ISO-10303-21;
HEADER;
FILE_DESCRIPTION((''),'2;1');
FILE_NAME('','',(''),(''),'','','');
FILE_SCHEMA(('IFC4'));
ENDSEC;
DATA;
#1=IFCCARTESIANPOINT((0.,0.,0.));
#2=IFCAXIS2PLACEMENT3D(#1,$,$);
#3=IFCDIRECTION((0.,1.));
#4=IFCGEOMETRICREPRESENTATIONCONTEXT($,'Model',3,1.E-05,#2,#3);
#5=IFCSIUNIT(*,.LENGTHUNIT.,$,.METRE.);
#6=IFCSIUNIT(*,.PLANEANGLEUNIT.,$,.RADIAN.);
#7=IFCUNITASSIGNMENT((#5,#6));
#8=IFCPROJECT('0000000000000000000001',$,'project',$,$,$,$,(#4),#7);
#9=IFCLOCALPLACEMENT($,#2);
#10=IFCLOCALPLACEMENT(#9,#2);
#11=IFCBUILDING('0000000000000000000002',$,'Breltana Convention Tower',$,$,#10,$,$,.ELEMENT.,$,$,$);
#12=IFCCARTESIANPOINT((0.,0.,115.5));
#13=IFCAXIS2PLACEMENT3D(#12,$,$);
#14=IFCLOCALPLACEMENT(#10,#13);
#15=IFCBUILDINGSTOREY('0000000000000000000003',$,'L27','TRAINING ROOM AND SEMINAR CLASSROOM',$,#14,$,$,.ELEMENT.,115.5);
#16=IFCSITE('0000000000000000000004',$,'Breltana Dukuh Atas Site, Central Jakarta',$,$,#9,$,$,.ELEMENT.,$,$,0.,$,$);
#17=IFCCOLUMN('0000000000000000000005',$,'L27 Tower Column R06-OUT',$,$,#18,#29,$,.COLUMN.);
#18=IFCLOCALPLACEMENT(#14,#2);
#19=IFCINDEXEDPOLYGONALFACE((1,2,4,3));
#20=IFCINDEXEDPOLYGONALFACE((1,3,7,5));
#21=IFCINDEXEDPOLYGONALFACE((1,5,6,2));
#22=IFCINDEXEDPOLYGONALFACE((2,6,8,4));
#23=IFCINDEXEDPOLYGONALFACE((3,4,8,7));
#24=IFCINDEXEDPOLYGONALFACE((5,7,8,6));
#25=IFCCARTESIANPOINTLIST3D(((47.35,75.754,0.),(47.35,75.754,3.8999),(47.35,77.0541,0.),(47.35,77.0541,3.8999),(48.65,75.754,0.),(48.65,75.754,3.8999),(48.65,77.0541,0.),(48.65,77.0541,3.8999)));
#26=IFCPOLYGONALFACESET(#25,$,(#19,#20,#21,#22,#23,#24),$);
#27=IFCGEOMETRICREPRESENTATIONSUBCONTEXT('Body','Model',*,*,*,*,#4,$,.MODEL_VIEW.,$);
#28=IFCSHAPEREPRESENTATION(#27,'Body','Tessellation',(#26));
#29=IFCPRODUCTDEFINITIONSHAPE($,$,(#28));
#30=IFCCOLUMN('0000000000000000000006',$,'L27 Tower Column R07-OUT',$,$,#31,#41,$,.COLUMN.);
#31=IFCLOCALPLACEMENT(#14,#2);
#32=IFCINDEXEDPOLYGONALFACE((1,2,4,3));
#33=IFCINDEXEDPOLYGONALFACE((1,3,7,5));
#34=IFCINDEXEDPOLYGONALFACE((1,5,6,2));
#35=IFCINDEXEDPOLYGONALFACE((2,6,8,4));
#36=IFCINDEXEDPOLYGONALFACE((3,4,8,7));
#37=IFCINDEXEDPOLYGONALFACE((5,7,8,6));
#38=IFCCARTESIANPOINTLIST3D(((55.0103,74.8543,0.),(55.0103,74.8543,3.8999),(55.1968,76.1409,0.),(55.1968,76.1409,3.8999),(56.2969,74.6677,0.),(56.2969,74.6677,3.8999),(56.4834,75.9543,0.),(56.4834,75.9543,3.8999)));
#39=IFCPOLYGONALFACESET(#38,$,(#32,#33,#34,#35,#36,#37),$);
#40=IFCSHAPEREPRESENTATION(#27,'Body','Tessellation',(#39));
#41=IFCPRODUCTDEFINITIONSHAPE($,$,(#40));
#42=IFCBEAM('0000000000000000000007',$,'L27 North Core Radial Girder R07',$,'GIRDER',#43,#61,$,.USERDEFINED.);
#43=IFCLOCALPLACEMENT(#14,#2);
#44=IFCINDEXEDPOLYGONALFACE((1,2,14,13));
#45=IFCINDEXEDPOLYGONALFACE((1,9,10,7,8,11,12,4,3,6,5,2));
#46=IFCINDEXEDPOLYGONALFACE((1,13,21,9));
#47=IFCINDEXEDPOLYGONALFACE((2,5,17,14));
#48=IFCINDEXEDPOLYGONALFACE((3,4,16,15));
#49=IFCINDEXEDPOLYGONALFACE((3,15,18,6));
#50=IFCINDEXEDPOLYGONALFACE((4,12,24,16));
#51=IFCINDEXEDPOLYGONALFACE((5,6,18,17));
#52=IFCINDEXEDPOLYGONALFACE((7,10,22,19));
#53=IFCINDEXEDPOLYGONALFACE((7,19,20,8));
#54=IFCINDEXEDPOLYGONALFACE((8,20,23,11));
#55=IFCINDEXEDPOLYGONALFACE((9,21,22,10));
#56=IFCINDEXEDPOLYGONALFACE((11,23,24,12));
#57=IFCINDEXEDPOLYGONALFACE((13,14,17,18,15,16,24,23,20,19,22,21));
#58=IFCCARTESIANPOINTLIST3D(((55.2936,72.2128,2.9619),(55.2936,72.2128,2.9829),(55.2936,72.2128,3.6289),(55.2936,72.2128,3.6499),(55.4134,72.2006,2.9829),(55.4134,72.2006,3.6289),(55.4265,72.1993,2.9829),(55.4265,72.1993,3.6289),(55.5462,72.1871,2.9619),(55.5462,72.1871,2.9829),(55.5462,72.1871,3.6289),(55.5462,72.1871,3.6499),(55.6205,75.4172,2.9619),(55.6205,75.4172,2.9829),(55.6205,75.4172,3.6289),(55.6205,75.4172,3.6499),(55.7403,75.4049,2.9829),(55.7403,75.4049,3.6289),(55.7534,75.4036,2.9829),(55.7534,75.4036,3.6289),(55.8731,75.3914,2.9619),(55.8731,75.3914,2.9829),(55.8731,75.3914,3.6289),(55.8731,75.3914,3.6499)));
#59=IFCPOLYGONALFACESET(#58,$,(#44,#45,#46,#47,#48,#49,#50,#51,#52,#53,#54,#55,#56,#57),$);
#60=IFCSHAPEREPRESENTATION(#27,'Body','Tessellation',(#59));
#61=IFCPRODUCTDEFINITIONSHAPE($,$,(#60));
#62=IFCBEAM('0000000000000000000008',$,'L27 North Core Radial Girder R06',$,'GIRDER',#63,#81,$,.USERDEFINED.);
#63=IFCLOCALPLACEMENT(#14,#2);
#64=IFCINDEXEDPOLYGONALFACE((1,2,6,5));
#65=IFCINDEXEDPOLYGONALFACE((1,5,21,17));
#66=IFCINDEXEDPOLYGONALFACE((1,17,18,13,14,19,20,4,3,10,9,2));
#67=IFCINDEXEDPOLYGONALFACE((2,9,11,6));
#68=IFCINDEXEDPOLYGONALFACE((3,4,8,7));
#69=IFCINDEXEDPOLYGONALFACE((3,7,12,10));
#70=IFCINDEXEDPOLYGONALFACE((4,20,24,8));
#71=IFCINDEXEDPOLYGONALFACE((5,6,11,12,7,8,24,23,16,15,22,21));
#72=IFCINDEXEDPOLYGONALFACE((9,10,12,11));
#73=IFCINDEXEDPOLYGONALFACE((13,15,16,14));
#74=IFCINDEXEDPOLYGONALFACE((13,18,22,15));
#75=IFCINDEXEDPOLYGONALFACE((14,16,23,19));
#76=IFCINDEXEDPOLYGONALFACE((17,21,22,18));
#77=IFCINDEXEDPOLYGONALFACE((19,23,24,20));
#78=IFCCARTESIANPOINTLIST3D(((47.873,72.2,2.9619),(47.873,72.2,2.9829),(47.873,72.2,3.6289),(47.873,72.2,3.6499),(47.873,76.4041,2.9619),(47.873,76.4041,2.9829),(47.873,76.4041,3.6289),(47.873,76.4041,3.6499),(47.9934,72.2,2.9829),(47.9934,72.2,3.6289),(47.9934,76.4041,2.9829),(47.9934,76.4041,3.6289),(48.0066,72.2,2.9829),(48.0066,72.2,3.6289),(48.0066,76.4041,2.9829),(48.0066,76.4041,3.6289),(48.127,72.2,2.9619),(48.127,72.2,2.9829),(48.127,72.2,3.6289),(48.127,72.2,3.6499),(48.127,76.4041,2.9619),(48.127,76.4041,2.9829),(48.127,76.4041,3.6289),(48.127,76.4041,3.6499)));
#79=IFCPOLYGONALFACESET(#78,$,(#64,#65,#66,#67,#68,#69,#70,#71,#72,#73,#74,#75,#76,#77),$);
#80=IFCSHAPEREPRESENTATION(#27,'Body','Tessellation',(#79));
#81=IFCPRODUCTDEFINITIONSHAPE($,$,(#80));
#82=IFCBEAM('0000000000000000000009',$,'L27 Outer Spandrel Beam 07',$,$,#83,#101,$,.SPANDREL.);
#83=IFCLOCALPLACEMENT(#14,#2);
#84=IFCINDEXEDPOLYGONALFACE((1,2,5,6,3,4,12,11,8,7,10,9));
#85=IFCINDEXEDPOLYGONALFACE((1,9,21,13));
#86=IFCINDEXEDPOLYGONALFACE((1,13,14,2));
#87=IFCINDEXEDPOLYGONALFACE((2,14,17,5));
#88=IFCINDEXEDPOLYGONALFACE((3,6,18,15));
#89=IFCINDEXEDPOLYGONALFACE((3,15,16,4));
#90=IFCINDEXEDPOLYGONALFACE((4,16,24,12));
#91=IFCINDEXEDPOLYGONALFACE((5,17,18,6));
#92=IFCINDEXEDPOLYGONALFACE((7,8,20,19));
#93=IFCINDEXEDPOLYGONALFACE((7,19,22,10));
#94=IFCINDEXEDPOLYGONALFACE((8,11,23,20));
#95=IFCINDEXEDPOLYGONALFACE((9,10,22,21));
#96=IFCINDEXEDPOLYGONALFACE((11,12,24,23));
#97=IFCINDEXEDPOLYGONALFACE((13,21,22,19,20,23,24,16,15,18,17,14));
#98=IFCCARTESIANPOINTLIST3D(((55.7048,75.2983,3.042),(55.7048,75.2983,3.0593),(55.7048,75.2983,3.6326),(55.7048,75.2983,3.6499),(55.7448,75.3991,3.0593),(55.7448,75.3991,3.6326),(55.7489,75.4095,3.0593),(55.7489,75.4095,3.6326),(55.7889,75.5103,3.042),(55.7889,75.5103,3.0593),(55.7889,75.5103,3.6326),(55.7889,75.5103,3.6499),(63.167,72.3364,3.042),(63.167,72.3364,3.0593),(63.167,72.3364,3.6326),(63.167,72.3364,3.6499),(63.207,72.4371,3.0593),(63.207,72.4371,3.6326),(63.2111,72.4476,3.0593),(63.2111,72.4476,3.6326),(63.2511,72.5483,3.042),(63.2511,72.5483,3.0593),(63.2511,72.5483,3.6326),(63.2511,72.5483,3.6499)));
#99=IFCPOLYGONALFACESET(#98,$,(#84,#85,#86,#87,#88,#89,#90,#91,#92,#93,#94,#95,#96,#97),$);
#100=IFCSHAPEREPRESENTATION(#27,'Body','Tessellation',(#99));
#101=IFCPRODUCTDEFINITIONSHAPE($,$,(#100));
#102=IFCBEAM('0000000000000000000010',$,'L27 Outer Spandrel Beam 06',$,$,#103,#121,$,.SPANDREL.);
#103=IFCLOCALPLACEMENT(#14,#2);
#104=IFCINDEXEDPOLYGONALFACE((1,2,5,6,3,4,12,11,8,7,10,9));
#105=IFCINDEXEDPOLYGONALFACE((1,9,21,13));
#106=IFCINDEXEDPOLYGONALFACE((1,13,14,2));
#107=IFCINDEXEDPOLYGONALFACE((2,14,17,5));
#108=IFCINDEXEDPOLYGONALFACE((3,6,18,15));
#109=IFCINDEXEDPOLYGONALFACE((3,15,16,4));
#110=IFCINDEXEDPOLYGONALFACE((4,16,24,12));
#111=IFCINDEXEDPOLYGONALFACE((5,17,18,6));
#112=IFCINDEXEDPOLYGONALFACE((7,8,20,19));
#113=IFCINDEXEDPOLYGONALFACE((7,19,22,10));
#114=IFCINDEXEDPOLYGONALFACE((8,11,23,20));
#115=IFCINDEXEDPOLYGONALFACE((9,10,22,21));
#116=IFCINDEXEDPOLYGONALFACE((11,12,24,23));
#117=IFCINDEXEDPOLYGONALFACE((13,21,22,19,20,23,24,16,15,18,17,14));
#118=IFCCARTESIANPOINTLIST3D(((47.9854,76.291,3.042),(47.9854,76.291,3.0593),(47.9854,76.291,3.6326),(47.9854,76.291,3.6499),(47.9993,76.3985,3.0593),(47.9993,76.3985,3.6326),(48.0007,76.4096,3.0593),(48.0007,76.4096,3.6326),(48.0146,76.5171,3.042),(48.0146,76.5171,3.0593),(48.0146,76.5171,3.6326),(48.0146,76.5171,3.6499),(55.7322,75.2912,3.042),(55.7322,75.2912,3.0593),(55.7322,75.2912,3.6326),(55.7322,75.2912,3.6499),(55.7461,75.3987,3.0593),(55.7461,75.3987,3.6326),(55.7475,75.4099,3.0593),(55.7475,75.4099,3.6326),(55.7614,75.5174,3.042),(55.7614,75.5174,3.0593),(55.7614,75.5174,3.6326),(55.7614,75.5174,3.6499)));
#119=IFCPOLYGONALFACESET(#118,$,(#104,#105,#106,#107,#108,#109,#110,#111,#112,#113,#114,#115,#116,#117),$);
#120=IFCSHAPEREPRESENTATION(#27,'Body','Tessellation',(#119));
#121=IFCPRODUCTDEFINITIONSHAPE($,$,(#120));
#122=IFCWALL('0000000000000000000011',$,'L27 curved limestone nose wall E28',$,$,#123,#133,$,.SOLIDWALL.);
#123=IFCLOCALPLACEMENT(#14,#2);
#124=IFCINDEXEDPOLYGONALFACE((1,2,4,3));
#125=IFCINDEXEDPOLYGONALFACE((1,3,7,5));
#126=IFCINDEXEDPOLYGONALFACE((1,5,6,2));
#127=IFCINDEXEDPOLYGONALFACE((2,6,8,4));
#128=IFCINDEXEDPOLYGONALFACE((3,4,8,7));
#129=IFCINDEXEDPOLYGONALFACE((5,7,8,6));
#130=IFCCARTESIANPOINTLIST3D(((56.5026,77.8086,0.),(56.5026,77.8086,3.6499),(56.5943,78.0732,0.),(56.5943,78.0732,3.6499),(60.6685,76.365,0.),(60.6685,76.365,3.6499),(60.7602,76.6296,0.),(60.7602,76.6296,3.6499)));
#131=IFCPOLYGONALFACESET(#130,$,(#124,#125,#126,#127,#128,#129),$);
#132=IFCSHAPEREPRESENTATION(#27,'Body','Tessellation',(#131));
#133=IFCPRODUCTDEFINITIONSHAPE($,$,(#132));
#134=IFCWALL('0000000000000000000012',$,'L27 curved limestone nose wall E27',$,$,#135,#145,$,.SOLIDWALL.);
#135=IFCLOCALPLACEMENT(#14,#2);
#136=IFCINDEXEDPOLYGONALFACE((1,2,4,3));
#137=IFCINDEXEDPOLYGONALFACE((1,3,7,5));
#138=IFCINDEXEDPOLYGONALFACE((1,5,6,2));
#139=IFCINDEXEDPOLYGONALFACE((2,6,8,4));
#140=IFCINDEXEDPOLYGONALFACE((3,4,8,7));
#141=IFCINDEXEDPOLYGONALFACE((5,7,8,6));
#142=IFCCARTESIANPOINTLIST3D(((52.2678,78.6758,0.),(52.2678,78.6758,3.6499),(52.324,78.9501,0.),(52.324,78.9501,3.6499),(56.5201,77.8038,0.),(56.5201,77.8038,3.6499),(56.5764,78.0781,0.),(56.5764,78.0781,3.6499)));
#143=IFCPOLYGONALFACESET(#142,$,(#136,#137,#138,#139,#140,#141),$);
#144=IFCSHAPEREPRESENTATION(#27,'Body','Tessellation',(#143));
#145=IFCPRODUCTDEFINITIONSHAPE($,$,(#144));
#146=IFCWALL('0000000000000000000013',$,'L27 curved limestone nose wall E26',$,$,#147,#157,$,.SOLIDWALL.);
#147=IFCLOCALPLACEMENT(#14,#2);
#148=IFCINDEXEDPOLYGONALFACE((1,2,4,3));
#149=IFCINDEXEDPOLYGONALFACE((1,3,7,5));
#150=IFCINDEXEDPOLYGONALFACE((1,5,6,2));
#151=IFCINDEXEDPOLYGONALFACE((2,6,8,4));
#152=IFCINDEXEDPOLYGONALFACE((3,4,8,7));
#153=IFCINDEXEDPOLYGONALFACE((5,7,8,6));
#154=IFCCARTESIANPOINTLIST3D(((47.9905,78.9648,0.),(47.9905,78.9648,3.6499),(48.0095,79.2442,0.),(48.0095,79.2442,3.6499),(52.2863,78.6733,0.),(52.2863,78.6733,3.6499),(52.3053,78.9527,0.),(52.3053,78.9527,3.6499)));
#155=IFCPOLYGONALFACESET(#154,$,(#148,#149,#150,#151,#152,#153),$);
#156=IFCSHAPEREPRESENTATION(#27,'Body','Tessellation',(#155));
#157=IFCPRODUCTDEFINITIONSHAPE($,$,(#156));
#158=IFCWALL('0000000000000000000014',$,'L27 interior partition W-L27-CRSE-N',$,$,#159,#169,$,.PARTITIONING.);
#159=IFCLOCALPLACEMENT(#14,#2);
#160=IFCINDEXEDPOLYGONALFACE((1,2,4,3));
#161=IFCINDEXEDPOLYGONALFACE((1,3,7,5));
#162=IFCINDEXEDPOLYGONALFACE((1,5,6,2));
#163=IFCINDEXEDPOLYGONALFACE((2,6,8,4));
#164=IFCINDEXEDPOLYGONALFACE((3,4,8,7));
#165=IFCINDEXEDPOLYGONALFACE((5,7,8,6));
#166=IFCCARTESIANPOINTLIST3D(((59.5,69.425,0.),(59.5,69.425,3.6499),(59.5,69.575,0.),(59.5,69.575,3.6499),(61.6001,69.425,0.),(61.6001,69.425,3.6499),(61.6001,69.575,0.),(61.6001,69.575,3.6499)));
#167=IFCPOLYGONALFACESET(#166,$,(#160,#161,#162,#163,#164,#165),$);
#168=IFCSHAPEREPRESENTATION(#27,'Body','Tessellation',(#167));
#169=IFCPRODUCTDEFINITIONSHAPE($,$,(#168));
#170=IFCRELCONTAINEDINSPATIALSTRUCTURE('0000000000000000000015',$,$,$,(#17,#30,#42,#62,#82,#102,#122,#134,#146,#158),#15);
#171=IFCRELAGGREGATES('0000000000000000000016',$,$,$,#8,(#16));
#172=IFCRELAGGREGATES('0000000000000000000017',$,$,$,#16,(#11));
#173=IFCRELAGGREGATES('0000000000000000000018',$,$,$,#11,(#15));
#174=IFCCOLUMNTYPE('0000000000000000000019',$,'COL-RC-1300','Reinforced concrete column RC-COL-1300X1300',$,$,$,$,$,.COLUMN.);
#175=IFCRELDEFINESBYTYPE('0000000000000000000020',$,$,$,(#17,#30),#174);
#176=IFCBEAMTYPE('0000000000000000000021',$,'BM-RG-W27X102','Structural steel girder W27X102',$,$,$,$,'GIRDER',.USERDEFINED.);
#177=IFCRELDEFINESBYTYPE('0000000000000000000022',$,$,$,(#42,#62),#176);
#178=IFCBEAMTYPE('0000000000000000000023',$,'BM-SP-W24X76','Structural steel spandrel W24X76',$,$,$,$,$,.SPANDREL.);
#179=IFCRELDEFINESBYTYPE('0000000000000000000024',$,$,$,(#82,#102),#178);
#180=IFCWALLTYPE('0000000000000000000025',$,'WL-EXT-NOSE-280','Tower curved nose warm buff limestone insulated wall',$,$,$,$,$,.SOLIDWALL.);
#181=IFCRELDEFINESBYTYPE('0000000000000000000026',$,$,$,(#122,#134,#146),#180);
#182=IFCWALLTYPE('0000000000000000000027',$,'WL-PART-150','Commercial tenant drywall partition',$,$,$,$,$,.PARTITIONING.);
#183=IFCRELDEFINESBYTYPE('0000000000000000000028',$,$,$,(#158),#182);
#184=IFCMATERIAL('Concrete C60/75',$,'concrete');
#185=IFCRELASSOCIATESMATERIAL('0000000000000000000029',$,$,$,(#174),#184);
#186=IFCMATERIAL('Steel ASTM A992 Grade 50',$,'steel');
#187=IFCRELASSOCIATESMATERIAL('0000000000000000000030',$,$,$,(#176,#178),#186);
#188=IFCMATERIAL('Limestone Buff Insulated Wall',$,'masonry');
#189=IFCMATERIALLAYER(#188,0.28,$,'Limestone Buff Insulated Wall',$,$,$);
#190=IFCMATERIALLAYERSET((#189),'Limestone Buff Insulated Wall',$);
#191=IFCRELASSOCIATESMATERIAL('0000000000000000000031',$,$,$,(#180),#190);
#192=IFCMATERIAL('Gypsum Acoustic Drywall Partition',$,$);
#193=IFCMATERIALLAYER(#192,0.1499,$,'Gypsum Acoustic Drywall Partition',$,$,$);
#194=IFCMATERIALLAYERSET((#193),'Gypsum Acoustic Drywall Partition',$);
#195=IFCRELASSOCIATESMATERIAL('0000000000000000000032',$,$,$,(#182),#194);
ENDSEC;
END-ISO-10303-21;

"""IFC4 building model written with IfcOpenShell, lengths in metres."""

from ifc_helpers import new_model, si_unit, direction, frame, frame_2d, origin, origin_2d, place, context, subcontext, project, spatial, rectangle, i_section, extrude, source, transform, mapped, material, layer, layer_set, material_profile, profile_set, type_object, element, save


model = new_model("IFC4")

# Units and contexts
model_context = context("Model", 3, precision=1e-05, world=origin(), true_north=direction((0.0, 1.0)))
body_context = subcontext(model_context, "Body", "Model", "MODEL_VIEW")
ifc_project = project(units=[si_unit("LENGTHUNIT", "METRE"), si_unit("PLANEANGLEUNIT", "RADIAN")], contexts=[model_context])

# Site, building, storey
site_placement = place(None, origin())
site = spatial("IfcSite", under=ifc_project, at=site_placement, Name="Breltana Dukuh Atas Site, Central Jakarta", CompositionType="ELEMENT", RefElevation=0.0)
building_placement = place(site_placement, origin())
building = spatial("IfcBuilding", under=site, at=building_placement, Name="Breltana Convention Tower", CompositionType="ELEMENT")
storey_placement = place(building_placement, frame((0.0, 0.0, 115.5)))
storey = spatial("IfcBuildingStorey", under=building, at=storey_placement, Name="L27", Description="TRAINING ROOM AND SEMINAR CLASSROOM", CompositionType="ELEMENT", Elevation=115.5)

# Columns
ifc_material_1 = material(Name="Concrete C60/75", Category="concrete")
ifc_material_profile_1 = material_profile(ifc_material_1, rectangle(XDim=1.3, YDim=1.3, at=origin_2d()), Name="RC-COL-1300X1300")
ifc_profile_set_1 = profile_set([ifc_material_profile_1], Name="Concrete C60/75")
column_type = type_object("IfcColumnType", Name="COL-RC-1300", Description="Reinforced concrete column RC-COL-1300X1300", PredefinedType="COLUMN", material=ifc_profile_set_1)
shared_shape_1 = source(origin(), body_context, "Body", "SweptSolid", [
    extrude(rectangle(XDim=1.3, YDim=1.3, at=origin_2d()), origin(), (0.0, 0.0, 1.0), 3.8999),
])
for number, where, z_axis, x_axis, name in (
    (1, (48.0, 76.4041, 0.0), (0.0, 0.0, 1.0), (0.0, 1.0, 0.0), "L27 Tower Column R06-OUT"),
    (2, (55.7468, 75.4043, 0.0), (0.0, 0.0, 1.0), (0.143493, 0.989651, 0.0), "L27 Tower Column R07-OUT"),
):
    element("IfcColumn", number, at=place(storey_placement, frame(where, z_axis=z_axis, x_axis=x_axis)), inside=storey, type_object=column_type, Name=name, PredefinedType="COLUMN", context=body_context, shape_type="MappedRepresentation", body=[
        mapped(shared_shape_1, transform((0.0, 0.0, 0.0), scale=1.0)),
    ])

# Beams
ifc_material_2 = material(Name="Steel ASTM A992 Grade 50", Category="steel")
ifc_material_profile_2 = material_profile(ifc_material_2, i_section(OverallWidth=0.2539, OverallDepth=0.688, WebThickness=0.0132, FlangeThickness=0.021, at=origin_2d()), Name="W27X102")
ifc_profile_set_2 = profile_set([ifc_material_profile_2], Name="Steel ASTM A992 Grade 50")
beam_type_1 = type_object("IfcBeamType", Name="BM-RG-W27X102", Description="Structural steel girder W27X102", ElementType="GIRDER", PredefinedType="USERDEFINED", material=ifc_profile_set_2)
shared_shape_2 = source(origin(), body_context, "Body", "SweptSolid", [
    extrude(i_section(OverallWidth=0.2539, OverallDepth=0.688, WebThickness=0.0132, FlangeThickness=0.021, at=origin_2d()), origin(), (0.0, 0.0, 1.0), 3.2209),
])
beam_1_placement = place(storey_placement, frame((55.4199, 72.2, 3.3059), z_axis=(0.101492, 0.994836, 0.0), x_axis=(-0.994836, 0.101492, 0.0)))
element("IfcBeam", 3, at=beam_1_placement, inside=storey, type_object=beam_type_1, Name="L27 North Core Radial Girder R07", ObjectType="GIRDER", PredefinedType="USERDEFINED", context=body_context, shape_type="MappedRepresentation", body=[
    mapped(shared_shape_2, transform((0.0, 0.0, 0.0), scale=1.0)),
])
shared_shape_3 = source(origin(), body_context, "Body", "SweptSolid", [
    extrude(i_section(OverallWidth=0.2539, OverallDepth=0.688, WebThickness=0.0132, FlangeThickness=0.021, at=origin_2d()), origin(), (0.0, 0.0, 1.0), 4.2041),
])
beam_2_placement = place(storey_placement, frame((48.0, 72.2, 3.3059), z_axis=(0.0, 1.0, 0.0), x_axis=(-1.0, 0.0, 0.0)))
element("IfcBeam", 4, at=beam_2_placement, inside=storey, type_object=beam_type_1, Name="L27 North Core Radial Girder R06", ObjectType="GIRDER", PredefinedType="USERDEFINED", context=body_context, shape_type="MappedRepresentation", body=[
    mapped(shared_shape_3, transform((0.0, 0.0, 0.0), scale=1.0)),
])
ifc_material_profile_3 = material_profile(ifc_material_2, i_section(OverallWidth=0.228, OverallDepth=0.6079, WebThickness=0.0112, FlangeThickness=0.0173, at=origin_2d()), Name="W24X76")
ifc_profile_set_3 = profile_set([ifc_material_profile_3], Name="Steel ASTM A992 Grade 50")
beam_type_2 = type_object("IfcBeamType", Name="BM-SP-W24X76", Description="Structural steel spandrel W24X76", PredefinedType="SPANDREL", material=ifc_profile_set_3)
shared_shape_4 = source(origin(), body_context, "Body", "SweptSolid", [
    extrude(i_section(OverallWidth=0.228, OverallDepth=0.6079, WebThickness=0.0112, FlangeThickness=0.0173, at=origin_2d()), origin(), (0.0, 0.0, 1.0), 8.0286),
])
beam_3_placement = place(storey_placement, frame((55.7468, 75.4043, 3.3459), z_axis=(0.929459, -0.368925, 0.0), x_axis=(0.368925, 0.929459, 0.0)))
element("IfcBeam", 5, at=beam_3_placement, inside=storey, type_object=beam_type_2, Name="L27 Outer Spandrel Beam 07", PredefinedType="SPANDREL", context=body_context, shape_type="MappedRepresentation", body=[
    mapped(shared_shape_4, transform((0.0, 0.0, 0.0), scale=1.0)),
])
shared_shape_5 = source(origin(), body_context, "Body", "SweptSolid", [
    extrude(i_section(OverallWidth=0.228, OverallDepth=0.6079, WebThickness=0.0112, FlangeThickness=0.0173, at=origin_2d()), origin(), (0.0, 0.0, 1.0), 7.811),
])
beam_4_placement = place(storey_placement, frame((48.0, 76.4041, 3.3459), z_axis=(0.991775, -0.127992, 0.0), x_axis=(0.127992, 0.991775, 0.0)))
element("IfcBeam", 6, at=beam_4_placement, inside=storey, type_object=beam_type_2, Name="L27 Outer Spandrel Beam 06", PredefinedType="SPANDREL", context=body_context, shape_type="MappedRepresentation", body=[
    mapped(shared_shape_5, transform((0.0, 0.0, 0.0), scale=1.0)),
])

# Walls
ifc_material_3 = material(Name="Limestone Buff Insulated Wall", Category="masonry")
ifc_layer_1 = layer(ifc_material_3, 0.28, Name="Limestone Buff Insulated Wall")
ifc_layer_set_1 = layer_set([ifc_layer_1], Name="Limestone Buff Insulated Wall")
wall_type_1 = type_object("IfcWallType", Name="WL-EXT-NOSE-280", Description="Tower curved nose warm buff limestone insulated wall", PredefinedType="SOLIDWALL", material=ifc_layer_set_1)
shared_shape_6 = source(origin(), body_context, "Body", "SweptSolid", [
    extrude(rectangle(XDim=4.4089, YDim=0.28, at=frame_2d((2.2046, 0.0))), origin(), (0.0, 0.0, 1.0), 3.6499),
])
wall_1_placement = place(storey_placement, frame((56.5483, 77.9409, 0.0), z_axis=(0.0, 0.0, 1.0), x_axis=(0.944879, -0.327419, 0.0)))
element("IfcWall", 7, at=wall_1_placement, inside=storey, type_object=wall_type_1, Name="L27 curved limestone nose wall E28", PredefinedType="SOLIDWALL", context=body_context, shape_type="MappedRepresentation", body=[
    mapped(shared_shape_6, transform((0.0, 0.0, 0.0), scale=1.0)),
])
shared_shape_7 = source(origin(), body_context, "Body", "SweptSolid", [
    extrude(rectangle(XDim=4.3408, YDim=0.28, at=frame_2d((2.1704, 0.0))), origin(), (0.0, 0.0, 1.0), 3.6499),
])
wall_2_placement = place(storey_placement, frame((52.2959, 78.813, 0.0), z_axis=(0.0, 0.0, 1.0), x_axis=(0.979613, -0.200894, 0.0)))
element("IfcWall", 8, at=wall_2_placement, inside=storey, type_object=wall_type_1, Name="L27 curved limestone nose wall E27", PredefinedType="SOLIDWALL", context=body_context, shape_type="MappedRepresentation", body=[
    mapped(shared_shape_7, transform((0.0, 0.0, 0.0), scale=1.0)),
])
shared_shape_8 = source(origin(), body_context, "Body", "SweptSolid", [
    extrude(rectangle(XDim=4.3057, YDim=0.28, at=frame_2d((2.1528, 0.0))), origin(), (0.0, 0.0, 1.0), 3.6499),
])
wall_3_placement = place(storey_placement, frame((48.0, 79.1045, 0.0), z_axis=(0.0, 0.0, 1.0), x_axis=(0.997706, -0.067701, 0.0)))
element("IfcWall", 9, at=wall_3_placement, inside=storey, type_object=wall_type_1, Name="L27 curved limestone nose wall E26", PredefinedType="SOLIDWALL", context=body_context, shape_type="MappedRepresentation", body=[
    mapped(shared_shape_8, transform((0.0, 0.0, 0.0), scale=1.0)),
])

# Wall
ifc_material_4 = material(Name="Gypsum Acoustic Drywall Partition")
ifc_layer_2 = layer(ifc_material_4, 0.1499, Name="Gypsum Acoustic Drywall Partition")
ifc_layer_set_2 = layer_set([ifc_layer_2], Name="Gypsum Acoustic Drywall Partition")
wall_type_2 = type_object("IfcWallType", Name="WL-PART-150", Description="Commercial tenant drywall partition", PredefinedType="PARTITIONING", material=ifc_layer_set_2)
shared_shape_9 = source(origin(), body_context, "Body", "SweptSolid", [
    extrude(rectangle(XDim=2.1001, YDim=0.1499, at=frame_2d((1.05, 0.0))), origin(), (0.0, 0.0, 1.0), 3.6499),
])
wall_4_placement = place(storey_placement, frame((59.5, 69.5, 0.0), z_axis=(0.0, 0.0, 1.0), x_axis=(1.0, 0.0, 0.0)))
element("IfcWall", 10, at=wall_4_placement, inside=storey, type_object=wall_type_2, Name="L27 interior partition W-L27-CRSE-N", PredefinedType="PARTITIONING", context=body_context, shape_type="MappedRepresentation", body=[
    mapped(shared_shape_9, transform((0.0, 0.0, 0.0), scale=1.0)),
])

save(model, "model.ifc")
